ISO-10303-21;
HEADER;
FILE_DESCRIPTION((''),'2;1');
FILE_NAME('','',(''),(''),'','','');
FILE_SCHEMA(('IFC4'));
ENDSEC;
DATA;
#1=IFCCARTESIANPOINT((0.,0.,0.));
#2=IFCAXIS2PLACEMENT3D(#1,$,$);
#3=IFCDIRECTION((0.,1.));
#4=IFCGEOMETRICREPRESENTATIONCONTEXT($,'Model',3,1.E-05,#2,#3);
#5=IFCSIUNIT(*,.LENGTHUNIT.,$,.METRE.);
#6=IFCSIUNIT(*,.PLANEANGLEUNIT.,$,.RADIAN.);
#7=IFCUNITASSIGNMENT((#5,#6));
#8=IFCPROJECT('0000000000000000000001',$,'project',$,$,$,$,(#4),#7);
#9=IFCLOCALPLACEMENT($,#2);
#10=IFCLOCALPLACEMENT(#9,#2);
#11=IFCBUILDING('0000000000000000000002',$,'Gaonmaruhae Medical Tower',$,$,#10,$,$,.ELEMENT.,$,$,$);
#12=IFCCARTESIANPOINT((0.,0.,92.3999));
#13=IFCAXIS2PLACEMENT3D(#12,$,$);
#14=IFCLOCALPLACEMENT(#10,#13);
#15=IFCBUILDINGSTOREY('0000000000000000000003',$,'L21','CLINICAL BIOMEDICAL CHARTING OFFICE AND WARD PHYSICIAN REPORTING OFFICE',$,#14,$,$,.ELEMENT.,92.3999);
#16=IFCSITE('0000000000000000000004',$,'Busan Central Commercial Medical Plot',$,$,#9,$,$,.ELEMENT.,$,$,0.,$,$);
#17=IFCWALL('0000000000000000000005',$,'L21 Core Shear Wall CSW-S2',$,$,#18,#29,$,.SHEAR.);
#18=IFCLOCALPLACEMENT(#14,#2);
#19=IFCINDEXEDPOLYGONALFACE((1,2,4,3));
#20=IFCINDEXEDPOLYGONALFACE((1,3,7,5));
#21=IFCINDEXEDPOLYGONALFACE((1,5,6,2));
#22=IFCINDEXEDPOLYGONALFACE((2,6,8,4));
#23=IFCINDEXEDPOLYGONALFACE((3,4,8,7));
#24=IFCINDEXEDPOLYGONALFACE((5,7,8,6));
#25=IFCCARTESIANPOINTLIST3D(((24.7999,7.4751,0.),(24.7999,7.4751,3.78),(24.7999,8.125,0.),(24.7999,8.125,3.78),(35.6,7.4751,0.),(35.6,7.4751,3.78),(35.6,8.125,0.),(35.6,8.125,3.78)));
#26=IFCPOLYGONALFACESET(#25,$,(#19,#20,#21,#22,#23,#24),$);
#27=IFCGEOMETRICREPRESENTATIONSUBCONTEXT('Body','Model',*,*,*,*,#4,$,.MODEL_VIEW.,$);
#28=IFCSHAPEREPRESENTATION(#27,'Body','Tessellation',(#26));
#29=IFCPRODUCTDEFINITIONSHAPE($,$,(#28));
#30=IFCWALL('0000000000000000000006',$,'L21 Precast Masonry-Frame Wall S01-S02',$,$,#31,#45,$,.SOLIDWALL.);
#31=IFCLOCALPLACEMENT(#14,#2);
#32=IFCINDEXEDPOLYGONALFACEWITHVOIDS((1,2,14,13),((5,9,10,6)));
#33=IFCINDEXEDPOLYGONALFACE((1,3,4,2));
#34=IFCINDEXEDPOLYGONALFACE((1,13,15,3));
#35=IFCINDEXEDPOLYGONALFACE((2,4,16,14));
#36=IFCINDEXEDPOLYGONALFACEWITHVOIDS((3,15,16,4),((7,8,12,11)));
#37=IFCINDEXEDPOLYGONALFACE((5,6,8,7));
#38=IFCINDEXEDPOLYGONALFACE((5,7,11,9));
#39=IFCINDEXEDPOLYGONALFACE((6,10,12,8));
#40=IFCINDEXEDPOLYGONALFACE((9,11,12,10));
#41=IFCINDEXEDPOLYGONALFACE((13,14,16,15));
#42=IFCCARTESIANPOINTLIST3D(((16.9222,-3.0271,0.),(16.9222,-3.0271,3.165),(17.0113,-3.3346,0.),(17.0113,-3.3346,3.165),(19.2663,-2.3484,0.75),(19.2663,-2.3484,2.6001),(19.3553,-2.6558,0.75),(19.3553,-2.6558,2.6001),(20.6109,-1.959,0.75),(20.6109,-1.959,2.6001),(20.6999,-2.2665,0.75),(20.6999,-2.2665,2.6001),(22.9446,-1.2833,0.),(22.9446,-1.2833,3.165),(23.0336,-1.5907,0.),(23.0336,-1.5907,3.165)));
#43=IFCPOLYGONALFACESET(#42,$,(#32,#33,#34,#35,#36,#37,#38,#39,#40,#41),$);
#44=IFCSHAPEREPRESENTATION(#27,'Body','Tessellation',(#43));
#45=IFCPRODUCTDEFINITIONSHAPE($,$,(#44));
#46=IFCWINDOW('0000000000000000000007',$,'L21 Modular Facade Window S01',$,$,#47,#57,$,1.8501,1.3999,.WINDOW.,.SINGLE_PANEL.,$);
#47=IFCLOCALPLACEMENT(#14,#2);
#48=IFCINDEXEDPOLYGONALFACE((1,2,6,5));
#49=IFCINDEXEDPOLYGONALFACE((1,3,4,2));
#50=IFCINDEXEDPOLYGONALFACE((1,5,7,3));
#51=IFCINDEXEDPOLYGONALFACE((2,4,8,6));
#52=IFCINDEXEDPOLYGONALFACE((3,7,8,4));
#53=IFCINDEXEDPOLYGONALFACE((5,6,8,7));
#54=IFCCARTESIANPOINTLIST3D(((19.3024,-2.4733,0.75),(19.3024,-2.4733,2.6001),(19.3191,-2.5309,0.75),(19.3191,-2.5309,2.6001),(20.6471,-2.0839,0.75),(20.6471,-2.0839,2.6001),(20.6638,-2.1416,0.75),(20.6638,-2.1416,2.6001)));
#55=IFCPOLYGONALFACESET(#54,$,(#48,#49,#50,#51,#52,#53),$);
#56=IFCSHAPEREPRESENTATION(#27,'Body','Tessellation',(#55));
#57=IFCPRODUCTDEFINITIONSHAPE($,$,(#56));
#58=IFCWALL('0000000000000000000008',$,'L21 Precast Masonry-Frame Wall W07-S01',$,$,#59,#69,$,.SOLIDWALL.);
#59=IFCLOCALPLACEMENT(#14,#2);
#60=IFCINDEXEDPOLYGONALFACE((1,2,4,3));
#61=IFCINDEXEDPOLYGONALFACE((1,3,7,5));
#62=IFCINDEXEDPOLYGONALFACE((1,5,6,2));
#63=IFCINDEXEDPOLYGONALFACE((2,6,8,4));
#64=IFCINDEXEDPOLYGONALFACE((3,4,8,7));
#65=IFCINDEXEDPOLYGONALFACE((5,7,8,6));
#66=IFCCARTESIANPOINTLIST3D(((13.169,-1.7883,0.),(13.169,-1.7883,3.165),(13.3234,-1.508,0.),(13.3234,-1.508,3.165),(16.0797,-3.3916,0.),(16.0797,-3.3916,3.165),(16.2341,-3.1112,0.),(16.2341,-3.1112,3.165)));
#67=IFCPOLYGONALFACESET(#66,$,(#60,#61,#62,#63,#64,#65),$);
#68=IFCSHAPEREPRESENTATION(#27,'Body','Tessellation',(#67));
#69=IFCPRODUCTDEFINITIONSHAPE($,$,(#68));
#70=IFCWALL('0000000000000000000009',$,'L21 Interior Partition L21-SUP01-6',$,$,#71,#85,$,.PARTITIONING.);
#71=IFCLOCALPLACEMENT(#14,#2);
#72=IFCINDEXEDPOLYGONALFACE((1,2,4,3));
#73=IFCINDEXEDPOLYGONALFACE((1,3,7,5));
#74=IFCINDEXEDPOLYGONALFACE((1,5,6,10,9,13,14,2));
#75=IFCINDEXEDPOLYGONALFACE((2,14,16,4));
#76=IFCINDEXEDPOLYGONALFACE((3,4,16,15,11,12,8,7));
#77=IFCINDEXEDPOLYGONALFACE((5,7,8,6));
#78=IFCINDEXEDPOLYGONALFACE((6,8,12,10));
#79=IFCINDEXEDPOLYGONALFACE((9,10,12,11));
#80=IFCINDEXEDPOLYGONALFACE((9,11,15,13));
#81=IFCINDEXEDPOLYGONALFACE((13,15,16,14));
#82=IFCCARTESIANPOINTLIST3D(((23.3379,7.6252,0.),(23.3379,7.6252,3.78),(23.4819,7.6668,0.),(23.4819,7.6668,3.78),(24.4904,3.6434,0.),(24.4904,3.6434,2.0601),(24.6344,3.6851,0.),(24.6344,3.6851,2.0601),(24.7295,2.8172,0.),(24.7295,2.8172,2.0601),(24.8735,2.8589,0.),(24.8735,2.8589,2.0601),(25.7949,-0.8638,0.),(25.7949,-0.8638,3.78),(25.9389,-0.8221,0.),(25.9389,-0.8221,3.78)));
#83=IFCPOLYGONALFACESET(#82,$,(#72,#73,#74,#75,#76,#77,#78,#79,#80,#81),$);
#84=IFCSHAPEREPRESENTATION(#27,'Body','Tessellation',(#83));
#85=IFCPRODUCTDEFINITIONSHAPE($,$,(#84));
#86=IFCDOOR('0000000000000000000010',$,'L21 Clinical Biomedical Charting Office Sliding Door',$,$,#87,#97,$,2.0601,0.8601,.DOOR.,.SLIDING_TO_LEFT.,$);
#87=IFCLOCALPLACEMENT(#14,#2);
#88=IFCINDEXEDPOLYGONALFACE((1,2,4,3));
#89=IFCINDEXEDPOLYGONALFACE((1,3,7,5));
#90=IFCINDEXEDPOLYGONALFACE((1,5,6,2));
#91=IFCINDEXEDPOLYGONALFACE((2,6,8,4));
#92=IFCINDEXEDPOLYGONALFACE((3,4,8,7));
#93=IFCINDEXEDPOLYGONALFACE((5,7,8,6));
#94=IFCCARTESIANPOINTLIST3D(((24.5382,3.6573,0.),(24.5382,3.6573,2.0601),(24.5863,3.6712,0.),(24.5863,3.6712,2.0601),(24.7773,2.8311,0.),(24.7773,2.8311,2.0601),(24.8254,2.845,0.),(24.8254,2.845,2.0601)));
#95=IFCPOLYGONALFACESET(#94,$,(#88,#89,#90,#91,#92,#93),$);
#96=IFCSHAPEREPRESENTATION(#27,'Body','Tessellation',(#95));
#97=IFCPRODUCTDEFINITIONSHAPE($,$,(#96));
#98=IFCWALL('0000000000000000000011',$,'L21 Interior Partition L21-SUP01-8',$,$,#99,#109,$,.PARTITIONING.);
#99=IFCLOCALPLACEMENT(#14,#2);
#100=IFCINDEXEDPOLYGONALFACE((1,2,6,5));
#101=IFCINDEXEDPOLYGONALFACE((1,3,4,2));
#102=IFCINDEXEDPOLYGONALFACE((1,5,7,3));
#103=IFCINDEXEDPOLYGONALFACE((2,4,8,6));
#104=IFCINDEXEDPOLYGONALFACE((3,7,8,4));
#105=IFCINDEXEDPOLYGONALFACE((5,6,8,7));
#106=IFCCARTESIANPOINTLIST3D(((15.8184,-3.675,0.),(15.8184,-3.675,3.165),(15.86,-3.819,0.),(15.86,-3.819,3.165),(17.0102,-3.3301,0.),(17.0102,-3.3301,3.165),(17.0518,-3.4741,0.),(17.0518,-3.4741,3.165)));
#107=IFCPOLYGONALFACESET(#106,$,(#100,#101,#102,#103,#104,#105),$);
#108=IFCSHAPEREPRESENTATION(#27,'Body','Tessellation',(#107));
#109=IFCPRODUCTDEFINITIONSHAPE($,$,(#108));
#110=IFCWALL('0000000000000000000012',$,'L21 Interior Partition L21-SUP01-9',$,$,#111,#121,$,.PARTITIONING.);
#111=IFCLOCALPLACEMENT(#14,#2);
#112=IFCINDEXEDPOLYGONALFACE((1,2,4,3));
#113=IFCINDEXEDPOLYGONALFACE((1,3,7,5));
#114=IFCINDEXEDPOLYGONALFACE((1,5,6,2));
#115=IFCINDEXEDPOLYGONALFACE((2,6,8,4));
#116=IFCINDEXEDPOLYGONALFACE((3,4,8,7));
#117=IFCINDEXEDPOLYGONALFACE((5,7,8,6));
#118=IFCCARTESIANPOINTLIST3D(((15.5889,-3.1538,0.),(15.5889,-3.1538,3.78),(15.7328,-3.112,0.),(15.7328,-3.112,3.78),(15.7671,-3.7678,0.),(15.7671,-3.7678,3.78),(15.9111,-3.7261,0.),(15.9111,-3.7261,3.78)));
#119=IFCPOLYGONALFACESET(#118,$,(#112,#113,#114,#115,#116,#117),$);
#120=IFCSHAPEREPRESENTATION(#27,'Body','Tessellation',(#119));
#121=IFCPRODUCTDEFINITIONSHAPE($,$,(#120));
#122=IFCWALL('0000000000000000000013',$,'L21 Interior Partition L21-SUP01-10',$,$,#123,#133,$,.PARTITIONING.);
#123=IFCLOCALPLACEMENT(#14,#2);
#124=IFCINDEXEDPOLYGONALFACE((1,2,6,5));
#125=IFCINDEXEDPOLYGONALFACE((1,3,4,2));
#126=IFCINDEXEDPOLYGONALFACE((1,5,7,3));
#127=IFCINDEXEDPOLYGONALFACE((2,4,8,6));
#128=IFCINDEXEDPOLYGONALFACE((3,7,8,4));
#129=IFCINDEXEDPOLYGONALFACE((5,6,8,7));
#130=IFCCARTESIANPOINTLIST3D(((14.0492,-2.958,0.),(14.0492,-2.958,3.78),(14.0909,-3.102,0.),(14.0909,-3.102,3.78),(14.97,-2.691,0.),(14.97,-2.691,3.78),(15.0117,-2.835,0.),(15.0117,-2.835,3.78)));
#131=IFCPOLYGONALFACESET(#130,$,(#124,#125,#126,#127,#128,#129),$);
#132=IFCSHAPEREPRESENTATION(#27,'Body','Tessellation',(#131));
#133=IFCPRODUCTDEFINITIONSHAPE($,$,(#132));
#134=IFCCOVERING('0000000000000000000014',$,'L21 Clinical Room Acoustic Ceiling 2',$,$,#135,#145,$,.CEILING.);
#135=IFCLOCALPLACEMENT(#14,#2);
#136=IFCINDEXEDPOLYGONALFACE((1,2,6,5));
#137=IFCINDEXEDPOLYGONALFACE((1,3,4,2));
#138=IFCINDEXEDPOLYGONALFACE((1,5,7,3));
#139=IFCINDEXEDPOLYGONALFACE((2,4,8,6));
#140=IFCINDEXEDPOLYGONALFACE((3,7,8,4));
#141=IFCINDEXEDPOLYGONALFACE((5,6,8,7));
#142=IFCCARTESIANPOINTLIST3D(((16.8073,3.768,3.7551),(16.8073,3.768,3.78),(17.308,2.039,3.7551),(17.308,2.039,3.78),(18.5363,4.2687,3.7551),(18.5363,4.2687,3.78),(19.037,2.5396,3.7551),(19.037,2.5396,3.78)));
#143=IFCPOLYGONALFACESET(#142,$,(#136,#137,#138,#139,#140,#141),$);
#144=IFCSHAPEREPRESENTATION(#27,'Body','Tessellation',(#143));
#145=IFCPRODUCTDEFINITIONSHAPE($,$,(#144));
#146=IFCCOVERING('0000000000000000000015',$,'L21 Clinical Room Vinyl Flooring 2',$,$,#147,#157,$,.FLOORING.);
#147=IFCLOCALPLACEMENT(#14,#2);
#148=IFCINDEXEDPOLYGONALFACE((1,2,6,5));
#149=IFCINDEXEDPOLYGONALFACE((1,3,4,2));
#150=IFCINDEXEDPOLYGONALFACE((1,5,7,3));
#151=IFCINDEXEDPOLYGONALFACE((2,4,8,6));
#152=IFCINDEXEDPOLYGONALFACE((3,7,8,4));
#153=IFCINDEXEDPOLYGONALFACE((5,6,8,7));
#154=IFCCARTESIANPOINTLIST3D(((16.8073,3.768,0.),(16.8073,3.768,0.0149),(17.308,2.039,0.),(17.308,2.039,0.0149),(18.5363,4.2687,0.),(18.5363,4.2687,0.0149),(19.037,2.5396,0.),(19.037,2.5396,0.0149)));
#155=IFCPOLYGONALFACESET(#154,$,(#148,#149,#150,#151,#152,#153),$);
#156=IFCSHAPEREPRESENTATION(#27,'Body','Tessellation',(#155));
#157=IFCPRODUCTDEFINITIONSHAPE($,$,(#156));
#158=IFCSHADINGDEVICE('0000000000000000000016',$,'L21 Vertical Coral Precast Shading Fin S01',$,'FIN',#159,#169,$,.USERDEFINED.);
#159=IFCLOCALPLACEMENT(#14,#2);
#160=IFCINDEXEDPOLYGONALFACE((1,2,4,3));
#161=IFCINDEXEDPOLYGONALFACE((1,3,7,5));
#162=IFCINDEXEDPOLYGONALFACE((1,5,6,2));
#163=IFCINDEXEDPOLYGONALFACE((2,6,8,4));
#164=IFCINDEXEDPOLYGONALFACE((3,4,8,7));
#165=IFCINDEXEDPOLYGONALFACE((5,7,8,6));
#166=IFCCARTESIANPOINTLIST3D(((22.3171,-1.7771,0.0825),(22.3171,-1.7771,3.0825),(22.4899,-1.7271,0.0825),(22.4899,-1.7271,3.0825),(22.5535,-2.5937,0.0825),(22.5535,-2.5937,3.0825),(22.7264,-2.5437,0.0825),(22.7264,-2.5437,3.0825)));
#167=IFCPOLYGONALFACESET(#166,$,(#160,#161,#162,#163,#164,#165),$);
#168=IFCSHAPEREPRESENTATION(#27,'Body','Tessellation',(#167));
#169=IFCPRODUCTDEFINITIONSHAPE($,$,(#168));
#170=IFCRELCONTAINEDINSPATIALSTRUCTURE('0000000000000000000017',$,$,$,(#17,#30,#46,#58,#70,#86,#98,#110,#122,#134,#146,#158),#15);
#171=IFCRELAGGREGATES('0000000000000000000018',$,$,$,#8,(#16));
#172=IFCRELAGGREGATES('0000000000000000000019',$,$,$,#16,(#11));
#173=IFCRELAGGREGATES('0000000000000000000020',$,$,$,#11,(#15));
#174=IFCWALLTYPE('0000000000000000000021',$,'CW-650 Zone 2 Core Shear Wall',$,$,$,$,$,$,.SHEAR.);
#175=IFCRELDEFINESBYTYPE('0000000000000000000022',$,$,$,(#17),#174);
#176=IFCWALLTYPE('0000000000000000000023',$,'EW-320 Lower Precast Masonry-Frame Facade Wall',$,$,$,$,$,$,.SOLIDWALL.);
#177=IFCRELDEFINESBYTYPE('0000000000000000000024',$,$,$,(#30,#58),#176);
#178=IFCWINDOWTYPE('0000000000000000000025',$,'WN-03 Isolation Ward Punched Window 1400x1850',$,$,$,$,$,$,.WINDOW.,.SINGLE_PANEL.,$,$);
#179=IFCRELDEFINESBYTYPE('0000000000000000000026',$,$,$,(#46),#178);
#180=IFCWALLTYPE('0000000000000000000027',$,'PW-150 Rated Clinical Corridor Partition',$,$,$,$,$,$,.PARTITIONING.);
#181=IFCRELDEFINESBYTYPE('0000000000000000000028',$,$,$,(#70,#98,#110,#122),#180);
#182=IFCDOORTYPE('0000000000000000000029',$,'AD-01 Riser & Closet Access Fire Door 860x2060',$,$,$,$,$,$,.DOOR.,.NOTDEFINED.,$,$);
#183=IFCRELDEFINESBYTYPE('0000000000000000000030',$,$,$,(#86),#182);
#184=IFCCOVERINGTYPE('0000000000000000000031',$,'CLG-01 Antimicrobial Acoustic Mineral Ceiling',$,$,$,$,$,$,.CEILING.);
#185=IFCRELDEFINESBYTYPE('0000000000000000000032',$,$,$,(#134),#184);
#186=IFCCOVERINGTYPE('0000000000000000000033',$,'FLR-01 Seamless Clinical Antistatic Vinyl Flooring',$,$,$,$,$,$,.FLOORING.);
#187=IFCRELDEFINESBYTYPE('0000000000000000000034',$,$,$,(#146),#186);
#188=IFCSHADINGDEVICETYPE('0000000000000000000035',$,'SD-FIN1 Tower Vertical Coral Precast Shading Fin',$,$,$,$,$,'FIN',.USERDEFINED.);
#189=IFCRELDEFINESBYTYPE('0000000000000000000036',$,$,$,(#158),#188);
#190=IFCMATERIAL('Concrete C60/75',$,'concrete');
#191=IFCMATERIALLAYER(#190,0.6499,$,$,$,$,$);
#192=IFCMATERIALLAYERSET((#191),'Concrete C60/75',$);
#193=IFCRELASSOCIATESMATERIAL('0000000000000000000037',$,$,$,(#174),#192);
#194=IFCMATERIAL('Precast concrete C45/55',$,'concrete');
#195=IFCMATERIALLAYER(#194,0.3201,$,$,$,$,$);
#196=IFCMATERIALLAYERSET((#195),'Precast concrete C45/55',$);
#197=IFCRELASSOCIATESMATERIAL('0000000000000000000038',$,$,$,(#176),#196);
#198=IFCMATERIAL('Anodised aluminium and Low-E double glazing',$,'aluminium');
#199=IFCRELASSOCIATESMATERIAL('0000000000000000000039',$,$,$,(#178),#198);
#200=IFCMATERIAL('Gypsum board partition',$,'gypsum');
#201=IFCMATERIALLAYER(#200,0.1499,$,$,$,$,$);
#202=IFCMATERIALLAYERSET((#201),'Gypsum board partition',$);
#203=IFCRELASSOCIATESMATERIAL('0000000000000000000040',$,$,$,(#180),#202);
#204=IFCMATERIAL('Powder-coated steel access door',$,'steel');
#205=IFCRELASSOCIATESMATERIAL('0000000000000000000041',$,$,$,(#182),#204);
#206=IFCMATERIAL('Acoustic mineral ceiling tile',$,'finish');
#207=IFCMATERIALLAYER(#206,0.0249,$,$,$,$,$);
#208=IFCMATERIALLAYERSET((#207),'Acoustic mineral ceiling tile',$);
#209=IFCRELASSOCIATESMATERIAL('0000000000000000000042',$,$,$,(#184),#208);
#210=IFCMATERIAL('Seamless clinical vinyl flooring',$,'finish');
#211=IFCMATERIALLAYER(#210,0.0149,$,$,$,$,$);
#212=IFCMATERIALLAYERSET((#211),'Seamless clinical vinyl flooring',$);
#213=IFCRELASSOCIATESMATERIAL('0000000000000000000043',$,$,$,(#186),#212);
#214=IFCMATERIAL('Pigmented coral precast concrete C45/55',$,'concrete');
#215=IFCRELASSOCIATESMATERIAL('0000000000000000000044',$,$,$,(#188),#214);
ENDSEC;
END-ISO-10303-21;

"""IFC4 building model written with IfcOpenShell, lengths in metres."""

from ifc_helpers import new_model, si_unit, direction, frame, frame_2d, origin, origin_2d, place, context, subcontext, project, spatial, rectangle, extrude, material, layer, layer_set, type_object, element, fill, save


model = new_model("IFC4")

# Units and contexts
model_context = context("Model", 3, precision=1e-05, world=origin(), true_north=direction((0.0, 1.0)))
body_context = subcontext(model_context, "Body", "Model", "MODEL_VIEW")
ifc_project = project(units=[si_unit("LENGTHUNIT", "METRE"), si_unit("PLANEANGLEUNIT", "RADIAN")], contexts=[model_context])

# Site, building, storey
site_placement = place(None, origin())
site = spatial("IfcSite", under=ifc_project, at=site_placement, Name="Busan Central Commercial Medical Plot", CompositionType="ELEMENT", RefElevation=0.0)
building_placement = place(site_placement, origin())
building = spatial("IfcBuilding", under=site, at=building_placement, Name="Gaonmaruhae Medical Tower", CompositionType="ELEMENT")
storey_placement = place(building_placement, frame((0.0, 0.0, 92.3999)))
storey = spatial("IfcBuildingStorey", under=building, at=storey_placement, Name="L21", Description="CLINICAL BIOMEDICAL CHARTING OFFICE AND WARD PHYSICIAN REPORTING OFFICE", CompositionType="ELEMENT", Elevation=92.3999)

# Shared definitions
ifc_material_1 = material(Name="Concrete C60/75", Category="concrete")

# Shared definitions
ifc_material_2 = material(Name="Anodised aluminium and Low-E double glazing", Category="aluminium")

# Wall
ifc_layer_1 = layer(ifc_material_1, 0.6499)
ifc_layer_set_1 = layer_set([ifc_layer_1], Name="Concrete C60/75")
wall_type_1 = type_object("IfcWallType", Name="CW-650 Zone 2 Core Shear Wall", PredefinedType="SHEAR", material=ifc_layer_set_1)
wall_1_placement = place(storey_placement, frame((24.8, 7.8, 0.0), z_axis=(0.0, 0.0, 1.0), x_axis=(1.0, 0.0, 0.0)))
element("IfcWall", 1, at=wall_1_placement, inside=storey, type_object=wall_type_1, Name="L21 Core Shear Wall CSW-S2", PredefinedType="SHEAR", context=body_context, shape_type="SweptSolid", body=[
    extrude(rectangle(XDim=10.8, YDim=0.6499, at=frame_2d((5.3999, 0.0))), origin(), (0.0, 0.0, 1.0), 3.78),
])

# Wall, opening, window
ifc_material_3 = material(Name="Precast concrete C45/55", Category="concrete")
ifc_layer_2 = layer(ifc_material_3, 0.3201)
ifc_layer_set_2 = layer_set([ifc_layer_2], Name="Precast concrete C45/55")
wall_type_2 = type_object("IfcWallType", Name="EW-320 Lower Precast Masonry-Frame Facade Wall", PredefinedType="SOLIDWALL", material=ifc_layer_set_2)
wall_2_placement = place(storey_placement, frame((22.989, -1.437, 0.0), z_axis=(0.0, 0.0, 1.0), x_axis=(-0.960541, -0.278139, 0.0)))
wall_2 = element("IfcWall", 2, at=wall_2_placement, inside=storey, type_object=wall_type_2, Name="L21 Precast Masonry-Frame Wall S01-S02", PredefinedType="SOLIDWALL", context=body_context, shape_type="SweptSolid", body=[
    extrude(rectangle(XDim=6.2698, YDim=0.3201, at=frame_2d((3.1348, 0.0))), origin(), (0.0, 0.0, 1.0), 3.165),
])
opening_1_placement = place(wall_2_placement, frame((2.4294, 0.0, 0.75)))
opening_1 = element("IfcOpeningElement", 3, at=opening_1_placement, cuts=wall_2, PredefinedType="OPENING", context=body_context, shape_type="SweptSolid", body=[
    extrude(rectangle(XDim=1.3999, YDim=1.8501, at=frame_2d((0.7, 0.925))), frame((0.0, 0.1699, 0.0), z_axis=(0.0, -1.0, 0.0), x_axis=(1.0, 0.0, 0.0)), (0.0, 0.0, 1.0), 0.3401),
])
window_type = type_object("IfcWindowType", Name="WN-03 Isolation Ward Punched Window 1400x1850", PartitioningType="SINGLE_PANEL", PredefinedType="WINDOW", material=ifc_material_2)
window_placement = place(opening_1_placement, origin())
window = element("IfcWindow", 4, at=window_placement, inside=storey, type_object=window_type, Name="L21 Modular Facade Window S01", OverallHeight=1.8501, OverallWidth=1.3999, PartitioningType="SINGLE_PANEL", PredefinedType="WINDOW", context=body_context, shape_type="SweptSolid", body=[
    extrude(rectangle(XDim=1.3999, YDim=1.8501, at=frame_2d((0.7, 0.925))), frame((0.0, 0.03, 0.0), z_axis=(0.0, -1.0, 0.0), x_axis=(1.0, 0.0, 0.0)), (0.0, 0.0, 1.0), 0.0601),
])
fill(opening_1, window)

# Wall
wall_3_placement = place(storey_placement, frame((16.157, -3.2515, 0.0), z_axis=(0.0, 0.0, 1.0), x_axis=(-0.875909, 0.482477, 0.0)))
element("IfcWall", 5, at=wall_3_placement, inside=storey, type_object=wall_type_2, Name="L21 Precast Masonry-Frame Wall W07-S01", PredefinedType="SOLIDWALL", context=body_context, shape_type="SweptSolid", body=[
    extrude(rectangle(XDim=3.323, YDim=0.3201, at=frame_2d((1.6616, 0.0))), origin(), (0.0, 0.0, 1.0), 3.165),
])

# Wall, opening, door
ifc_material_4 = material(Name="Gypsum board partition", Category="gypsum")
ifc_layer_3 = layer(ifc_material_4, 0.1499)
ifc_layer_set_3 = layer_set([ifc_layer_3], Name="Gypsum board partition")
wall_type_3 = type_object("IfcWallType", Name="PW-150 Rated Clinical Corridor Partition", PredefinedType="PARTITIONING", material=ifc_layer_set_3)
wall_4_placement = place(storey_placement, frame((23.4099, 7.646, 0.0), z_axis=(0.0, 0.0, 1.0), x_axis=(0.278025, -0.960574, 0.0)))
wall_4 = element("IfcWall", 6, at=wall_4_placement, inside=storey, type_object=wall_type_3, Name="L21 Interior Partition L21-SUP01-6", PredefinedType="PARTITIONING", context=body_context, shape_type="SweptSolid", body=[
    extrude(rectangle(XDim=8.8374, YDim=0.1499, at=frame_2d((4.4187, 0.0))), origin(), (0.0, 0.0, 1.0), 3.78),
])
opening_2_placement = place(wall_4_placement, frame((4.145, 0.0, 0.0)))
opening_2 = element("IfcOpeningElement", 7, at=opening_2_placement, cuts=wall_4, PredefinedType="OPENING", context=body_context, shape_type="SweptSolid", body=[
    extrude(rectangle(XDim=0.8601, YDim=2.0601, at=frame_2d((0.4302, 1.03))), frame((0.0, 0.085, 0.0), z_axis=(0.0, -1.0, 0.0), x_axis=(1.0, 0.0, 0.0)), (0.0, 0.0, 1.0), 0.1699),
])
ifc_material_5 = material(Name="Powder-coated steel access door", Category="steel")
door_type = type_object("IfcDoorType", Name="AD-01 Riser & Closet Access Fire Door 860x2060", OperationType="NOTDEFINED", PredefinedType="DOOR", material=ifc_material_5)
door_placement = place(opening_2_placement, origin())
door = element("IfcDoor", 8, at=door_placement, inside=storey, type_object=door_type, Name="L21 Clinical Biomedical Charting Office Sliding Door", OperationType="SLIDING_TO_LEFT", OverallHeight=2.0601, OverallWidth=0.8601, PredefinedType="DOOR", context=body_context, shape_type="SweptSolid", body=[
    extrude(rectangle(XDim=0.8601, YDim=2.0601, at=frame_2d((0.4302, 1.03))), frame((0.0, 0.0249, 0.0), z_axis=(0.0, -1.0, 0.0), x_axis=(1.0, 0.0, 0.0)), (0.0, 0.0, 1.0), 0.05),
])
fill(opening_2, door)

# Walls
wall_5_placement = place(storey_placement, frame((17.031, -3.4021, 0.0), z_axis=(0.0, 0.0, 1.0), x_axis=(-0.960575, -0.27802, 0.0)))
element("IfcWall", 9, at=wall_5_placement, inside=storey, type_object=wall_type_3, Name="L21 Interior Partition L21-SUP01-8", PredefinedType="PARTITIONING", context=body_context, shape_type="SweptSolid", body=[
    extrude(rectangle(XDim=1.2407, YDim=0.1499, at=frame_2d((0.6204, 0.0))), origin(), (0.0, 0.0, 1.0), 3.165),
])
wall_6_placement = place(storey_placement, frame((15.8391, -3.7471, 0.0), z_axis=(0.0, 0.0, 1.0), x_axis=(-0.278753, 0.960363, 0.0)))
element("IfcWall", 10, at=wall_6_placement, inside=storey, type_object=wall_type_3, Name="L21 Interior Partition L21-SUP01-9", PredefinedType="PARTITIONING", context=body_context, shape_type="SweptSolid", body=[
    extrude(rectangle(XDim=0.6394, YDim=0.1499, at=frame_2d((0.3198, 0.0))), origin(), (0.0, 0.0, 1.0), 3.78),
])
wall_7_placement = place(storey_placement, frame((14.991, -2.7629, 0.0), z_axis=(0.0, 0.0, 1.0), x_axis=(-0.960421, -0.278553, 0.0)))
element("IfcWall", 11, at=wall_7_placement, inside=storey, type_object=wall_type_3, Name="L21 Interior Partition L21-SUP01-10", PredefinedType="PARTITIONING", context=body_context, shape_type="SweptSolid", body=[
    extrude(rectangle(XDim=0.9587, YDim=0.1499, at=frame_2d((0.4795, 0.0))), origin(), (0.0, 0.0, 1.0), 3.78),
])

# Coverings
ifc_material_6 = material(Name="Acoustic mineral ceiling tile", Category="finish")
ifc_layer_4 = layer(ifc_material_6, 0.0249)
ifc_layer_set_4 = layer_set([ifc_layer_4], Name="Acoustic mineral ceiling tile")
covering_type_1 = type_object("IfcCoveringType", Name="CLG-01 Antimicrobial Acoustic Mineral Ceiling", PredefinedType="CEILING", material=ifc_layer_set_4)
covering_1_placement = place(storey_placement, frame((17.9221, 3.1538, 3.7551), z_axis=(0.0, 0.0, 1.0), x_axis=(0.960537, 0.278153, 0.0)))
element("IfcCovering", 12, at=covering_1_placement, inside=storey, type_object=covering_type_1, Name="L21 Clinical Room Acoustic Ceiling 2", PredefinedType="CEILING", context=body_context, shape_type="SweptSolid", body=[
    extrude(rectangle(XDim=1.8, YDim=1.8, at=origin_2d()), origin(), (0.0, 0.0, 1.0), 0.0249),
])
ifc_material_7 = material(Name="Seamless clinical vinyl flooring", Category="finish")
ifc_layer_5 = layer(ifc_material_7, 0.0149)
ifc_layer_set_5 = layer_set([ifc_layer_5], Name="Seamless clinical vinyl flooring")
covering_type_2 = type_object("IfcCoveringType", Name="FLR-01 Seamless Clinical Antistatic Vinyl Flooring", PredefinedType="FLOORING", material=ifc_layer_set_5)
covering_2_placement = place(storey_placement, frame((17.9221, 3.1538, 0.0), z_axis=(0.0, 0.0, 1.0), x_axis=(0.960537, 0.278153, 0.0)))
element("IfcCovering", 13, at=covering_2_placement, inside=storey, type_object=covering_type_2, Name="L21 Clinical Room Vinyl Flooring 2", PredefinedType="FLOORING", context=body_context, shape_type="SweptSolid", body=[
    extrude(rectangle(XDim=1.8, YDim=1.8, at=origin_2d()), origin(), (0.0, 0.0, 1.0), 0.0149),
])

# Shading device
ifc_material_8 = material(Name="Pigmented coral precast concrete C45/55", Category="concrete")
shading_device_type = type_object("IfcShadingDeviceType", Name="SD-FIN1 Tower Vertical Coral Precast Shading Fin", ElementType="FIN", PredefinedType="USERDEFINED", material=ifc_material_8)
for number, where, z_axis, x_axis, name in (
    (14, (22.5217, -2.1604, 0.0825), (0.0, 0.0, 1.0), (-0.960537, -0.278153, 0.0), "L21 Vertical Coral Precast Shading Fin S01"),
):
    element("IfcShadingDevice", number, at=place(storey_placement, frame(where, z_axis=z_axis, x_axis=x_axis)), inside=storey, type_object=shading_device_type, Name=name, ObjectType="FIN", PredefinedType="USERDEFINED", context=body_context, shape_type="SweptSolid", body=[
        extrude(rectangle(XDim=0.1799, YDim=0.8501, at=origin_2d()), origin(), (0.0, 0.0, 1.0), 3.0),
    ])

save(model, "model.ifc")
